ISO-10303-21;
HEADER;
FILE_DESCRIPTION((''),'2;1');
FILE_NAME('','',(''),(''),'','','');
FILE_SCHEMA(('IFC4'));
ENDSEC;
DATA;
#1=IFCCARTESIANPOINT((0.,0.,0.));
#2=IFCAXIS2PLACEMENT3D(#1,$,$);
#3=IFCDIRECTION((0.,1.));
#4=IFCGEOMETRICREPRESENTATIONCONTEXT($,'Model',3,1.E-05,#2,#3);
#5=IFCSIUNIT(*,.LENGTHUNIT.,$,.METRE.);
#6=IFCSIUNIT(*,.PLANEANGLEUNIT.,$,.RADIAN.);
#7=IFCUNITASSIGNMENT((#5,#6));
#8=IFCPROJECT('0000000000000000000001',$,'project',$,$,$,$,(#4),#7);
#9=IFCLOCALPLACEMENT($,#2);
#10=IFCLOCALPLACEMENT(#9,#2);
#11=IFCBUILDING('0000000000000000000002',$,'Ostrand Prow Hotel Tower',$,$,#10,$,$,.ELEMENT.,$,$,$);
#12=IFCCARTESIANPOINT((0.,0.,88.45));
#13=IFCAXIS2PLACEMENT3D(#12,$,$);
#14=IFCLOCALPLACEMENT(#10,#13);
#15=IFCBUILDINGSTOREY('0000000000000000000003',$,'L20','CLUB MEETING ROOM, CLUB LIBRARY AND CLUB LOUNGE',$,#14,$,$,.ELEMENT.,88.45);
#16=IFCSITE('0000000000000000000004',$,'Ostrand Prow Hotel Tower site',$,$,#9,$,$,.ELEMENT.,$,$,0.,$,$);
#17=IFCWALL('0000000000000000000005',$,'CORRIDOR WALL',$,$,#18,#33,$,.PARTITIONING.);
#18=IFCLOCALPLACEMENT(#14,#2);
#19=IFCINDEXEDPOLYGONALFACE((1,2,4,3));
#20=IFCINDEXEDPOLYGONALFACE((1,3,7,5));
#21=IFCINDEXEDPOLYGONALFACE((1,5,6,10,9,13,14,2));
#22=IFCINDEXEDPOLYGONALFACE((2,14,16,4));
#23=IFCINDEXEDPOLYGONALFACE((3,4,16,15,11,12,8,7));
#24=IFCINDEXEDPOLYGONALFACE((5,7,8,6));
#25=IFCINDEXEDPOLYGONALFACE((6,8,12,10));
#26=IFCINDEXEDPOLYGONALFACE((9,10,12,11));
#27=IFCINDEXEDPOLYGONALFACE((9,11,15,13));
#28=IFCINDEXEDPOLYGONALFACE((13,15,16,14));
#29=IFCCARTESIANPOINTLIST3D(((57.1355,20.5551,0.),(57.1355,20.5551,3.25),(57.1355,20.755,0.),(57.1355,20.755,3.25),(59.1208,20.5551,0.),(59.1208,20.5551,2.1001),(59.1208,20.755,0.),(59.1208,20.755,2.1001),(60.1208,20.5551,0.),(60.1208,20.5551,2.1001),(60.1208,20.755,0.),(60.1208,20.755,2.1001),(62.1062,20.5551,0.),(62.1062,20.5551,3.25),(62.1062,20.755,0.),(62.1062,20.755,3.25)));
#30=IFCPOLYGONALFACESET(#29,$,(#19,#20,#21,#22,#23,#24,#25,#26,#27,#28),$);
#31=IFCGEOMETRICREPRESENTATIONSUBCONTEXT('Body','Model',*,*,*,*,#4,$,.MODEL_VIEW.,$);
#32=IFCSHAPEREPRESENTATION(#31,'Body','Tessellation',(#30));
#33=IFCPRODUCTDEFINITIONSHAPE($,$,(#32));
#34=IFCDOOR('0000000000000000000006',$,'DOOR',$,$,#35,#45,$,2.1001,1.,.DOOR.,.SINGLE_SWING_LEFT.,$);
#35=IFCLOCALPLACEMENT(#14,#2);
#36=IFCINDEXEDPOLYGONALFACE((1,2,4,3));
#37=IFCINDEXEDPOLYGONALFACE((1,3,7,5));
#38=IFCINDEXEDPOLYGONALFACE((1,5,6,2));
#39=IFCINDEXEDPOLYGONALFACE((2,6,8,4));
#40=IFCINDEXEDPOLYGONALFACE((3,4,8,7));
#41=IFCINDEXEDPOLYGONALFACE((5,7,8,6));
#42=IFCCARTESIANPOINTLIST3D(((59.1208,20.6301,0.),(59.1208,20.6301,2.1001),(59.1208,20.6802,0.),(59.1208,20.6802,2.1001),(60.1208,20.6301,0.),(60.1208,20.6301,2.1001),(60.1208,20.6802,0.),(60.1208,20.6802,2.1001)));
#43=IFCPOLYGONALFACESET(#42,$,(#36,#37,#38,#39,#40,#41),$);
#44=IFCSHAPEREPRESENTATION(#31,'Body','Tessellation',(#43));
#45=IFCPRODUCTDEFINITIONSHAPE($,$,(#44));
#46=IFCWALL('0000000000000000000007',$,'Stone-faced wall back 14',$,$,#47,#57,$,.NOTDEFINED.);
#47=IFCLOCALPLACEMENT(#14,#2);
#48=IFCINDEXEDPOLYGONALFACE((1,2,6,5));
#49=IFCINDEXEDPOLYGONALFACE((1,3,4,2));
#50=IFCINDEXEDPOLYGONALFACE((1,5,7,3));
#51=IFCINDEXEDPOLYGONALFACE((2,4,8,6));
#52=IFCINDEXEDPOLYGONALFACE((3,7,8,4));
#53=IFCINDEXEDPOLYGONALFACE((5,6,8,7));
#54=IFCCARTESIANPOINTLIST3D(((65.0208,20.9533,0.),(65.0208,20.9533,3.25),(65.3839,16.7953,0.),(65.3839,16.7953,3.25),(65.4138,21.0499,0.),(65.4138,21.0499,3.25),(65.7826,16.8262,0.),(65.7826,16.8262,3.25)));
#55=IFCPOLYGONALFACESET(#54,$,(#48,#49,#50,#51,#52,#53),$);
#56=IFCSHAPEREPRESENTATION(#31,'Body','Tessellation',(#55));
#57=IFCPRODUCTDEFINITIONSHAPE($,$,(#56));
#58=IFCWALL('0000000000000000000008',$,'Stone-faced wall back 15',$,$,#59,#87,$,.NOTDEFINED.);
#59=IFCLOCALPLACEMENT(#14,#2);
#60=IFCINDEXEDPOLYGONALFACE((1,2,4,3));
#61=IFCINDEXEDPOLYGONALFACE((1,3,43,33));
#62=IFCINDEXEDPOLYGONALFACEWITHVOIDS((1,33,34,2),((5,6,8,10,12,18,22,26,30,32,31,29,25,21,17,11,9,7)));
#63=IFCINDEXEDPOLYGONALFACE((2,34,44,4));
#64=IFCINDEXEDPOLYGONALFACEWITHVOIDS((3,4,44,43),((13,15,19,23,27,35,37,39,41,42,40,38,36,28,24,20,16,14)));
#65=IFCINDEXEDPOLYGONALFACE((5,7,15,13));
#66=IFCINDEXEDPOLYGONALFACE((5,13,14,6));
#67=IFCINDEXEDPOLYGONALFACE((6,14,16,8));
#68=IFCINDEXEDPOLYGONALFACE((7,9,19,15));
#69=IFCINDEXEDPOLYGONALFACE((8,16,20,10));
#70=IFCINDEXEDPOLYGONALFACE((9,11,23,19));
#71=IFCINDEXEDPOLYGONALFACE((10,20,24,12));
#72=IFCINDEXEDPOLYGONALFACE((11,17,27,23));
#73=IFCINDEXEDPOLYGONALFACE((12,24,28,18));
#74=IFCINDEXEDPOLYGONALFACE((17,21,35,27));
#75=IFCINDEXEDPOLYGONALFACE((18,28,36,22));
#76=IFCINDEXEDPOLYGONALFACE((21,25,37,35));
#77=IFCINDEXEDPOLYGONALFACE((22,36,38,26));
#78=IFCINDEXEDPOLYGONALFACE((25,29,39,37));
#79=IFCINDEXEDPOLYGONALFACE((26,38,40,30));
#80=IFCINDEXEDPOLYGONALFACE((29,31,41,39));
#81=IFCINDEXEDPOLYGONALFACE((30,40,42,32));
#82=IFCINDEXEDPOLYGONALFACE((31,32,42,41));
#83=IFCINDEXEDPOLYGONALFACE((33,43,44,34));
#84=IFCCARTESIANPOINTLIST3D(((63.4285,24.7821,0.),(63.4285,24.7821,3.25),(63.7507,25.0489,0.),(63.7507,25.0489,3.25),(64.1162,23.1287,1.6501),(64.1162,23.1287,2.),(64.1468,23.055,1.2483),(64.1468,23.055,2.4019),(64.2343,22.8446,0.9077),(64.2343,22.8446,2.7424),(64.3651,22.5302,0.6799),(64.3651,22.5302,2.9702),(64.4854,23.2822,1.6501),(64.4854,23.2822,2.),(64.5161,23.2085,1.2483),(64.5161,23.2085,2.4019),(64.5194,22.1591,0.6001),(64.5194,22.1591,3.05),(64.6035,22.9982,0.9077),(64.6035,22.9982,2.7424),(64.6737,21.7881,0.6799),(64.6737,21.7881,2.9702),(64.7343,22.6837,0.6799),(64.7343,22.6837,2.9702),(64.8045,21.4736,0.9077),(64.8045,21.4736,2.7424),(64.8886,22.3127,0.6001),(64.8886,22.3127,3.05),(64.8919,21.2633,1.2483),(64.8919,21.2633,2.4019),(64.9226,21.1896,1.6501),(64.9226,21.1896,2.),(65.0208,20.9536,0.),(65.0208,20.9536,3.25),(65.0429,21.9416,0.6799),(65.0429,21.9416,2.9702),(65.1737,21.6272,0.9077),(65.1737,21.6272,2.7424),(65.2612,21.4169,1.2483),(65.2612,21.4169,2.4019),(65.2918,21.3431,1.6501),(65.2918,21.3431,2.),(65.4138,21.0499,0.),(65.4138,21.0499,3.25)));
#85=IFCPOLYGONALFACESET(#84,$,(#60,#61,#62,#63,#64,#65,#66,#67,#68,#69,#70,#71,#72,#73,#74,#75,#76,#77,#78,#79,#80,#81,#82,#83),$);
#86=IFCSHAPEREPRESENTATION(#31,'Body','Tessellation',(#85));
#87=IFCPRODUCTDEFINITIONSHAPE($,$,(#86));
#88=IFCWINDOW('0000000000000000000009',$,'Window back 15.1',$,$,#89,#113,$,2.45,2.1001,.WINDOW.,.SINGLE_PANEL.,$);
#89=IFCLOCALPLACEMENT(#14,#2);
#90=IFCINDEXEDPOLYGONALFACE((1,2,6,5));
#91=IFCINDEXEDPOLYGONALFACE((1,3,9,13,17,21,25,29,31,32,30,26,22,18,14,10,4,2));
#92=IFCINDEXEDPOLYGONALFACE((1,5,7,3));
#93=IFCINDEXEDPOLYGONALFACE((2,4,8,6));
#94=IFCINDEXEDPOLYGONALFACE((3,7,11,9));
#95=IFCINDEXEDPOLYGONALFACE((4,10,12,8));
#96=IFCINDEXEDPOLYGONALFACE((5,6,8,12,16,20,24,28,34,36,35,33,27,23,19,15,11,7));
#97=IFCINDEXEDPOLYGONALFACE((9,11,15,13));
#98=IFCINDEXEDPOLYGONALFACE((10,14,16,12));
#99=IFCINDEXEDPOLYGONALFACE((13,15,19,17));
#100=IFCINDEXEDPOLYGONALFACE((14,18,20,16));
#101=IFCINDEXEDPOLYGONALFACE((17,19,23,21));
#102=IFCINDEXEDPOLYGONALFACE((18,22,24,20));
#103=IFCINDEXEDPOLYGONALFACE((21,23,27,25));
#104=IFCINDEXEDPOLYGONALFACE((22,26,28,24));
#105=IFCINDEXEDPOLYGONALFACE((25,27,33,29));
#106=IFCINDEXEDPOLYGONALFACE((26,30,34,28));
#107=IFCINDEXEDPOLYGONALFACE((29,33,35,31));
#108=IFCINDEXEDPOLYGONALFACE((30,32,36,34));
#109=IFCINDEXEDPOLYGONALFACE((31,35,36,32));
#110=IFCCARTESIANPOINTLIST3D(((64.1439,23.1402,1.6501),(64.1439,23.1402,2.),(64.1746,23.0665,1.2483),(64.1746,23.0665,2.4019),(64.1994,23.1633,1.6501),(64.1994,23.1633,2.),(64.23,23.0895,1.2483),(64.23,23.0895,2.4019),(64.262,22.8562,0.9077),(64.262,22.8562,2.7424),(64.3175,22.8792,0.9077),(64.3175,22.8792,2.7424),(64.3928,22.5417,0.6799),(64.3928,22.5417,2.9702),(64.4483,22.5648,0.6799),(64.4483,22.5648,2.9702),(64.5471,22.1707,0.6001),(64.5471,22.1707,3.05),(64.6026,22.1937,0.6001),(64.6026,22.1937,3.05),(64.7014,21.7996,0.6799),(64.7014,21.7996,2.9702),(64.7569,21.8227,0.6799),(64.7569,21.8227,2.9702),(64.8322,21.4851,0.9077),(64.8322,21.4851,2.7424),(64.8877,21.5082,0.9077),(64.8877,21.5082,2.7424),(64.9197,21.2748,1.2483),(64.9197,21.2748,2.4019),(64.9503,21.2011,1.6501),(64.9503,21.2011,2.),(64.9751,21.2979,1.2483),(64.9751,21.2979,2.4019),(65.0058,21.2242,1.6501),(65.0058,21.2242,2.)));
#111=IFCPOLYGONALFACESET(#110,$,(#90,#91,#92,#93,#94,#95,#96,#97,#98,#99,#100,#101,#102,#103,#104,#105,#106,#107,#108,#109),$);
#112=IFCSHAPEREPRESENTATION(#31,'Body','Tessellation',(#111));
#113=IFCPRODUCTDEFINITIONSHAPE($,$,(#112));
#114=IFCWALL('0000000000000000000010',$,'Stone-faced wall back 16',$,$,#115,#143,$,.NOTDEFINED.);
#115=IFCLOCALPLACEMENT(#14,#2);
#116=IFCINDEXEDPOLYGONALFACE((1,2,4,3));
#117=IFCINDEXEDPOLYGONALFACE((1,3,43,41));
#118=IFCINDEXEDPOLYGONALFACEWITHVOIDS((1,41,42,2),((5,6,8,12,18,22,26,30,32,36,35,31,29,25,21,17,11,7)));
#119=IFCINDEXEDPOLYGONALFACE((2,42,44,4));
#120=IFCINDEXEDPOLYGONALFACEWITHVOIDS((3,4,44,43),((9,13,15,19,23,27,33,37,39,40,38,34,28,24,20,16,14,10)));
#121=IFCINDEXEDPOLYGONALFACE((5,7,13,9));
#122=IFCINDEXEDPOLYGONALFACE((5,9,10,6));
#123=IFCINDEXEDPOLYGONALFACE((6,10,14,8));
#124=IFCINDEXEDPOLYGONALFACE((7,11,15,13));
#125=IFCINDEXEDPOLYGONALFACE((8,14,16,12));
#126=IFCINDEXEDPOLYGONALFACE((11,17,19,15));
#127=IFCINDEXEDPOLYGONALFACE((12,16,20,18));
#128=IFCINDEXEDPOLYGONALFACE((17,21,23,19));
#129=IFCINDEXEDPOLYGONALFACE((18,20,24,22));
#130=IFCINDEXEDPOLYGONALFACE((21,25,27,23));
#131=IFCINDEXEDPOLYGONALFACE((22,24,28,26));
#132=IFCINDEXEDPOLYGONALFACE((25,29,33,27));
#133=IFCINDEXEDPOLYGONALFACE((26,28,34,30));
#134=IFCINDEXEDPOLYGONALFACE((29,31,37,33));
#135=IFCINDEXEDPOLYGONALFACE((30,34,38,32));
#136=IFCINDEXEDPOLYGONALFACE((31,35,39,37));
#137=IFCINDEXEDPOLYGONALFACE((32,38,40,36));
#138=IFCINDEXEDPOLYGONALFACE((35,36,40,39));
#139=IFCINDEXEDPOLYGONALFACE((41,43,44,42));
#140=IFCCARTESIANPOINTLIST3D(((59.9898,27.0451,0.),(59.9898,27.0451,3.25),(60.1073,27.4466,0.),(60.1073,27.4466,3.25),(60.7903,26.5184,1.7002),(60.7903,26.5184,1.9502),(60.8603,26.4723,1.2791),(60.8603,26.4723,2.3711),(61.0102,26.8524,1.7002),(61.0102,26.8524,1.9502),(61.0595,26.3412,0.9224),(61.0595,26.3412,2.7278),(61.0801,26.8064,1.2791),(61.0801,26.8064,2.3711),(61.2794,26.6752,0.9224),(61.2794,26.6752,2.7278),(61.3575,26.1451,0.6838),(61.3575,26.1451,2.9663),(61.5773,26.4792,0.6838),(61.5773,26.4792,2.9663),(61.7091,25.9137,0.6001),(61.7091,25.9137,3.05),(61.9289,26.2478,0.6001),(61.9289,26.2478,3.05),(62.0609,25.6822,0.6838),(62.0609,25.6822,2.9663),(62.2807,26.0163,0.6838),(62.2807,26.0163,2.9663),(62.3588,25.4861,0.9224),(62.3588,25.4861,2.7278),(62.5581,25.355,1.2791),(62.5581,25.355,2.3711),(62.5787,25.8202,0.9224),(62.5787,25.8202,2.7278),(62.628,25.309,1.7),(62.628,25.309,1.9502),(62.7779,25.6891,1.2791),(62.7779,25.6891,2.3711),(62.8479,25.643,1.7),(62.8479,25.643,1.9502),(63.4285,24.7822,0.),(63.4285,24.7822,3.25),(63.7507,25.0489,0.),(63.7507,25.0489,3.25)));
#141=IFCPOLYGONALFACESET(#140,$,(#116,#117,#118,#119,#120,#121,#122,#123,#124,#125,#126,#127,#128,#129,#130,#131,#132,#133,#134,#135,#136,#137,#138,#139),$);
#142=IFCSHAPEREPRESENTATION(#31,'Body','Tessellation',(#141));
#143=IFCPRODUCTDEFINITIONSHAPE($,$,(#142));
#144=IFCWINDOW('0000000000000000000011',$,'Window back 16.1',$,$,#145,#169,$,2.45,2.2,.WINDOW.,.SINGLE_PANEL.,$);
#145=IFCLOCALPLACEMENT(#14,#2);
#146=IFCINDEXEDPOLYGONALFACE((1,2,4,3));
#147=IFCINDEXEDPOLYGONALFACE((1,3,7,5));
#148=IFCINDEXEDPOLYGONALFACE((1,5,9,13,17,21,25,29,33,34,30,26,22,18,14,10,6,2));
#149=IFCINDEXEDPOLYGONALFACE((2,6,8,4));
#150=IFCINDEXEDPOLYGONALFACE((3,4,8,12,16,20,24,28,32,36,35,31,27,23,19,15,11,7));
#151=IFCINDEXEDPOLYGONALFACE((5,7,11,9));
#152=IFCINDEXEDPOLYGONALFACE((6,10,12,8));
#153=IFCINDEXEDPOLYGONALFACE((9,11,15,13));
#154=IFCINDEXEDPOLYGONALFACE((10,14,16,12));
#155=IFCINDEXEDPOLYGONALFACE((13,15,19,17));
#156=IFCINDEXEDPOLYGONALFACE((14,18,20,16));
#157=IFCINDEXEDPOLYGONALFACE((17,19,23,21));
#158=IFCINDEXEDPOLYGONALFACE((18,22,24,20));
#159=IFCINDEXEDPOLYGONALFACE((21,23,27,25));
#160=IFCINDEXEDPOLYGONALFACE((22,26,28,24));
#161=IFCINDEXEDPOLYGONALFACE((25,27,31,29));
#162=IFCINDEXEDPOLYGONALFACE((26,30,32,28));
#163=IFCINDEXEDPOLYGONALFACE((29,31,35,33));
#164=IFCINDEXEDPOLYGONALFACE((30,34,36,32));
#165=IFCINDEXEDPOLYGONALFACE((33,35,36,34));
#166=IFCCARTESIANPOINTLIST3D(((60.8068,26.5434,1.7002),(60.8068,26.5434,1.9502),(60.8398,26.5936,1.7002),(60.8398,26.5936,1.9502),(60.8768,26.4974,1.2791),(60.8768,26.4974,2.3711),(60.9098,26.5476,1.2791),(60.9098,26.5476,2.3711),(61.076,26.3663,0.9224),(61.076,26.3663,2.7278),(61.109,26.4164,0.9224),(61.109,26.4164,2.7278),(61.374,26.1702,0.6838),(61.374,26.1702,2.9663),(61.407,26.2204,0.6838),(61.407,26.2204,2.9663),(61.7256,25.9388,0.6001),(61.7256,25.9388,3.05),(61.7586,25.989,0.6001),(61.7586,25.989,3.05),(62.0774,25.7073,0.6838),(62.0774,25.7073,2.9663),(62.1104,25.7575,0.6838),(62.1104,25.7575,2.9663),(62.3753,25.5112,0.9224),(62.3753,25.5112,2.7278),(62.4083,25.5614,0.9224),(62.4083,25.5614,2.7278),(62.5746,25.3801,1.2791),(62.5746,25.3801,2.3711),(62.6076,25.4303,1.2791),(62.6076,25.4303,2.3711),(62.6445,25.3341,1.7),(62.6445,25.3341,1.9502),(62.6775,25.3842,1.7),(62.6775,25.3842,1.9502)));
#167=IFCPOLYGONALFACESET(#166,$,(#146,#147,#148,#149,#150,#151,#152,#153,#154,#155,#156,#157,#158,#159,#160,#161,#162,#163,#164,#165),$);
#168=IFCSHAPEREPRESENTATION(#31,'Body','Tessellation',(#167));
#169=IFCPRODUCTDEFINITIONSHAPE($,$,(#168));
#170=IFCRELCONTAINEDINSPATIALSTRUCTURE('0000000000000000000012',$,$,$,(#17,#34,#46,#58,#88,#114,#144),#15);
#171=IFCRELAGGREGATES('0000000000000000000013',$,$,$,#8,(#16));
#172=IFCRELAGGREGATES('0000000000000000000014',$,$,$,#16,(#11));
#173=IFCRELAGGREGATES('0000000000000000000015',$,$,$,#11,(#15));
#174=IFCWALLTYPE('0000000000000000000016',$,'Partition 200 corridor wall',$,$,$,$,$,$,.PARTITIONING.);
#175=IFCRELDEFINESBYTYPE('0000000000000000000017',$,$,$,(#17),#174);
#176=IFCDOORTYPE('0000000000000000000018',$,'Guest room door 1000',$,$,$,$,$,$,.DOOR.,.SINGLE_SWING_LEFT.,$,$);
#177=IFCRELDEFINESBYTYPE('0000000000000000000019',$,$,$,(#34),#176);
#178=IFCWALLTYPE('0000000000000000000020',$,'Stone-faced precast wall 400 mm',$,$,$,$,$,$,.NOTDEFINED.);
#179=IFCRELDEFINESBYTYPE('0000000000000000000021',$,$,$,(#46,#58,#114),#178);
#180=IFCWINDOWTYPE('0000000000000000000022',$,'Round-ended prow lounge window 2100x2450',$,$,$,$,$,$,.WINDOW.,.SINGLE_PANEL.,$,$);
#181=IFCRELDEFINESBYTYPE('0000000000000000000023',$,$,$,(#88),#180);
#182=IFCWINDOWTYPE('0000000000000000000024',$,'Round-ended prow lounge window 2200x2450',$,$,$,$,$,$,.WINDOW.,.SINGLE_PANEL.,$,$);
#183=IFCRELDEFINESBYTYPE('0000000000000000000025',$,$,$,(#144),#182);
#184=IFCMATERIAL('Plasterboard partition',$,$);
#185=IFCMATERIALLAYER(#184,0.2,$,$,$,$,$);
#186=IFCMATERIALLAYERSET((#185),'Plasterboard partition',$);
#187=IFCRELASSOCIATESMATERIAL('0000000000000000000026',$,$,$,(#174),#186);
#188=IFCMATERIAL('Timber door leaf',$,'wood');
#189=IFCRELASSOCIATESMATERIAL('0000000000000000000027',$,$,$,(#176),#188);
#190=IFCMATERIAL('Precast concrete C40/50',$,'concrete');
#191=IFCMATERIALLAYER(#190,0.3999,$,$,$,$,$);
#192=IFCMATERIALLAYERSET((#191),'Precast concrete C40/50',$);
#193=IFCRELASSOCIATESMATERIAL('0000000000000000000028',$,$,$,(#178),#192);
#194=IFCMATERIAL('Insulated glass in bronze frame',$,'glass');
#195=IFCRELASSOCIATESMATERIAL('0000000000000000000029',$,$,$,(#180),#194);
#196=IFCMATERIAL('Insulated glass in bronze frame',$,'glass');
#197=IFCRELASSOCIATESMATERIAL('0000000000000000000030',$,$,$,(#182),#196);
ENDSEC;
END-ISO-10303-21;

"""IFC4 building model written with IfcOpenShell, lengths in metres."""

from ifc_helpers import new_model, si_unit, direction, frame, frame_2d, origin, place, context, subcontext, project, spatial, polyline, rectangle, outline, extrude, material, layer, layer_set, type_object, element, fill, save


model = new_model("IFC4")

# Units and contexts
model_context = context("Model", 3, precision=1e-05, world=origin(), true_north=direction((0.0, 1.0)))
body_context = subcontext(model_context, "Body", "Model", "MODEL_VIEW")
ifc_project = project(units=[si_unit("LENGTHUNIT", "METRE"), si_unit("PLANEANGLEUNIT", "RADIAN")], contexts=[model_context])

# Site, building, storey
site_placement = place(None, origin())
site = spatial("IfcSite", under=ifc_project, at=site_placement, Name="Ostrand Prow Hotel Tower site", CompositionType="ELEMENT", RefElevation=0.0)
building_placement = place(site_placement, origin())
building = spatial("IfcBuilding", under=site, at=building_placement, Name="Ostrand Prow Hotel Tower", CompositionType="ELEMENT")
storey_placement = place(building_placement, frame((0.0, 0.0, 88.45)))
storey = spatial("IfcBuildingStorey", under=building, at=storey_placement, Name="L20", Description="CLUB MEETING ROOM, CLUB LIBRARY AND CLUB LOUNGE", CompositionType="ELEMENT", Elevation=88.45)

# Wall, opening, door
ifc_material_1 = material(Name="Plasterboard partition")
ifc_layer_1 = layer(ifc_material_1, 0.2)
ifc_layer_set_1 = layer_set([ifc_layer_1], Name="Plasterboard partition")
wall_type_1 = type_object("IfcWallType", Name="Partition 200 corridor wall", PredefinedType="PARTITIONING", material=ifc_layer_set_1)
wall_1_placement = place(storey_placement, frame((62.1062, 20.655, 0.0), z_axis=(0.0, 0.0, 1.0), x_axis=(-1.0, 0.0, 0.0)))
wall_1 = element("IfcWall", 1, at=wall_1_placement, inside=storey, type_object=wall_type_1, Name="CORRIDOR WALL", PredefinedType="PARTITIONING", context=body_context, shape_type="SweptSolid", body=[
    extrude(rectangle(XDim=4.9707, YDim=0.2, at=frame_2d((2.4854, 0.0))), origin(), (0.0, 0.0, 1.0), 3.25),
])
opening_1_placement = place(wall_1_placement, frame((1.9854, 0.0, 0.0)))
opening_1 = element("IfcOpeningElement", 2, at=opening_1_placement, cuts=wall_1, PredefinedType="OPENING", context=body_context, shape_type="SweptSolid", body=[
    extrude(rectangle(XDim=1.0, YDim=2.1001, at=frame_2d((0.5, 1.05))), frame((0.0, 0.1099, 0.0), z_axis=(0.0, -1.0, 0.0), x_axis=(1.0, 0.0, 0.0)), (0.0, 0.0, 1.0), 0.22),
])
ifc_material_2 = material(Name="Timber door leaf", Category="wood")
door_type_1 = type_object("IfcDoorType", Name="Guest room door 1000", OperationType="SINGLE_SWING_LEFT", PredefinedType="DOOR", material=ifc_material_2)
door_1_placement = place(opening_1_placement, origin())
door_1 = element("IfcDoor", 3, at=door_1_placement, inside=storey, type_object=door_type_1, Name="DOOR", OperationType="SINGLE_SWING_LEFT", OverallHeight=2.1001, OverallWidth=1.0, PredefinedType="DOOR", context=body_context, shape_type="SweptSolid", body=[
    extrude(rectangle(XDim=1.0, YDim=2.1001, at=frame_2d((0.5, 1.05))), frame((0.0, 0.0249, 0.0), z_axis=(0.0, -1.0, 0.0), x_axis=(1.0, 0.0, 0.0)), (0.0, 0.0, 1.0), 0.05),
])
fill(opening_1, door_1)

# Wall
ifc_material_3 = material(Name="Precast concrete C40/50", Category="concrete")
ifc_layer_2 = layer(ifc_material_3, 0.3999)
ifc_layer_set_2 = layer_set([ifc_layer_2], Name="Precast concrete C40/50")
wall_type_2 = type_object("IfcWallType", Name="Stone-faced precast wall 400 mm", PredefinedType="NOTDEFINED", material=ifc_layer_set_2)
wall_2_placement = place(storey_placement, frame((65.5833, 16.8108, 0.0), z_axis=(0.0, 0.0, 1.0), x_axis=(-0.086993, 0.996209, 0.0)))
element("IfcWall", 4, at=wall_2_placement, inside=storey, type_object=wall_type_2, Name="Stone-faced wall back 14", PredefinedType="NOTDEFINED", context=body_context, shape_type="SweptSolid", body=[
    extrude(outline(polyline([(-0.002, -0.2), (4.2378, -0.2), (4.1758, 0.2), (0.002, 0.2), (-0.002, -0.2)])), origin(), (0.0, 0.0, 1.0), 3.25),
])

# Walls, openings, windows
wall_3_placement = place(storey_placement, frame((65.2173, 21.0017, 0.0), z_axis=(0.0, 0.0, 1.0), x_axis=(-0.383998, 0.923334, 0.0)))
wall_3 = element("IfcWall", 5, at=wall_3_placement, inside=storey, type_object=wall_type_2, Name="Stone-faced wall back 15", PredefinedType="NOTDEFINED", context=body_context, shape_type="SweptSolid", body=[
    extrude(outline(polyline([(-0.031, -0.2), (4.3, -0.2), (4.1775, 0.2), (0.031, 0.2), (-0.031, -0.2)])), origin(), (0.0, 0.0, 1.0), 3.25),
])
opening_2_placement = place(wall_3_placement, frame((0.2866, 0.0, 0.6001)))
opening_2 = element("IfcOpeningElement", 6, at=opening_2_placement, cuts=wall_3, PredefinedType="OPENING", context=body_context, shape_type="SweptSolid", body=[
    extrude(outline(polyline([(0.0, 1.3999), (0.0798, 1.8018), (0.3076, 2.1423), (0.6482, 2.3701), (1.05, 2.45), (1.4519, 2.3701), (1.7925, 2.1423), (2.0203, 1.8018), (2.1001, 1.3999), (2.1001, 1.05), (2.0203, 0.6482), (1.7925, 0.3076), (1.4519, 0.0798), (1.05, 0.0), (0.6482, 0.0798), (0.3076, 0.3076), (0.0798, 0.6482), (0.0, 1.05), (0.0, 1.3999)])), frame((0.0, 0.21, 0.0), z_axis=(0.0, -1.0, 0.0), x_axis=(1.0, 0.0, 0.0)), (0.0, 0.0, 1.0), 0.4199),
])
ifc_material_4 = material(Name="Insulated glass in bronze frame", Category="glass")
window_type_1 = type_object("IfcWindowType", Name="Round-ended prow lounge window 2100x2450", PartitioningType="SINGLE_PANEL", PredefinedType="WINDOW", material=ifc_material_4)
window_1_placement = place(opening_2_placement, origin())
window_1 = element("IfcWindow", 7, at=window_1_placement, inside=storey, type_object=window_type_1, Name="Window back 15.1", OverallHeight=2.45, OverallWidth=2.1001, PartitioningType="SINGLE_PANEL", PredefinedType="WINDOW", context=body_context, shape_type="SweptSolid", body=[
    extrude(outline(polyline([(0.0, 1.3999), (0.0798, 1.8018), (0.3076, 2.1423), (0.6482, 2.3701), (1.05, 2.45), (1.4519, 2.3701), (1.7925, 2.1423), (2.0203, 1.8018), (2.1001, 1.3999), (2.1001, 1.05), (2.0203, 0.6482), (1.7925, 0.3076), (1.4519, 0.0798), (1.05, 0.0), (0.6482, 0.0798), (0.3076, 0.3076), (0.0798, 0.6482), (0.0, 1.05), (0.0, 1.3999)])), frame((0.0, 0.1699, 0.0), z_axis=(0.0, -1.0, 0.0), x_axis=(1.0, 0.0, 0.0)), (0.0, 0.0, 1.0), 0.0601),
])
fill(opening_2, window_1)
wall_4_placement = place(storey_placement, frame((63.5896, 24.9155, 0.0), z_axis=(0.0, 0.0, 1.0), x_axis=(-0.835341, 0.549733, 0.0)))
wall_4 = element("IfcWall", 8, at=wall_4_placement, inside=storey, type_object=wall_type_2, Name="Stone-faced wall back 16", PredefinedType="NOTDEFINED", context=body_context, shape_type="SweptSolid", body=[
    extrude(outline(polyline([(-0.0613, -0.2), (4.3003, -0.2), (4.1777, 0.2), (0.0613, 0.2), (-0.0613, -0.2)])), origin(), (0.0, 0.0, 1.0), 3.25),
])
opening_3_placement = place(wall_4_placement, frame((1.0195, 0.0, 0.6001)))
opening_3 = element("IfcOpeningElement", 9, at=opening_3_placement, cuts=wall_4, PredefinedType="OPENING", context=body_context, shape_type="SweptSolid", body=[
    extrude(outline(polyline([(0.0, 1.3501), (0.0837, 1.771), (0.3223, 2.1277), (0.679, 2.3662), (1.1001, 2.45), (1.521, 2.3662), (1.8777, 2.1277), (2.1162, 1.771), (2.2, 1.3501), (2.2, 1.1001), (2.1162, 0.679), (1.8777, 0.3223), (1.521, 0.0837), (1.1001, 0.0), (0.679, 0.0837), (0.3223, 0.3223), (0.0837, 0.679), (0.0, 1.0999), (0.0, 1.3501)])), frame((0.0, 0.21, 0.0), z_axis=(0.0, -1.0, 0.0), x_axis=(1.0, 0.0, 0.0)), (0.0, 0.0, 1.0), 0.4199),
])
ifc_material_5 = material(Name="Insulated glass in bronze frame", Category="glass")
window_type_2 = type_object("IfcWindowType", Name="Round-ended prow lounge window 2200x2450", PartitioningType="SINGLE_PANEL", PredefinedType="WINDOW", material=ifc_material_5)
window_2_placement = place(opening_3_placement, origin())
window_2 = element("IfcWindow", 10, at=window_2_placement, inside=storey, type_object=window_type_2, Name="Window back 16.1", OverallHeight=2.45, OverallWidth=2.2, PartitioningType="SINGLE_PANEL", PredefinedType="WINDOW", context=body_context, shape_type="SweptSolid", body=[
    extrude(outline(polyline([(0.0, 1.3501), (0.0837, 1.771), (0.3223, 2.1277), (0.679, 2.3662), (1.1001, 2.45), (1.521, 2.3662), (1.8777, 2.1277), (2.1162, 1.771), (2.2, 1.3501), (2.2, 1.1001), (2.1162, 0.679), (1.8777, 0.3223), (1.521, 0.0837), (1.1001, 0.0), (0.679, 0.0837), (0.3223, 0.3223), (0.0837, 0.679), (0.0, 1.0999), (0.0, 1.3501)])), frame((0.0, 0.1699, 0.0), z_axis=(0.0, -1.0, 0.0), x_axis=(1.0, 0.0, 0.0)), (0.0, 0.0, 1.0), 0.0601),
])
fill(opening_3, window_2)

save(model, "model.ifc")
